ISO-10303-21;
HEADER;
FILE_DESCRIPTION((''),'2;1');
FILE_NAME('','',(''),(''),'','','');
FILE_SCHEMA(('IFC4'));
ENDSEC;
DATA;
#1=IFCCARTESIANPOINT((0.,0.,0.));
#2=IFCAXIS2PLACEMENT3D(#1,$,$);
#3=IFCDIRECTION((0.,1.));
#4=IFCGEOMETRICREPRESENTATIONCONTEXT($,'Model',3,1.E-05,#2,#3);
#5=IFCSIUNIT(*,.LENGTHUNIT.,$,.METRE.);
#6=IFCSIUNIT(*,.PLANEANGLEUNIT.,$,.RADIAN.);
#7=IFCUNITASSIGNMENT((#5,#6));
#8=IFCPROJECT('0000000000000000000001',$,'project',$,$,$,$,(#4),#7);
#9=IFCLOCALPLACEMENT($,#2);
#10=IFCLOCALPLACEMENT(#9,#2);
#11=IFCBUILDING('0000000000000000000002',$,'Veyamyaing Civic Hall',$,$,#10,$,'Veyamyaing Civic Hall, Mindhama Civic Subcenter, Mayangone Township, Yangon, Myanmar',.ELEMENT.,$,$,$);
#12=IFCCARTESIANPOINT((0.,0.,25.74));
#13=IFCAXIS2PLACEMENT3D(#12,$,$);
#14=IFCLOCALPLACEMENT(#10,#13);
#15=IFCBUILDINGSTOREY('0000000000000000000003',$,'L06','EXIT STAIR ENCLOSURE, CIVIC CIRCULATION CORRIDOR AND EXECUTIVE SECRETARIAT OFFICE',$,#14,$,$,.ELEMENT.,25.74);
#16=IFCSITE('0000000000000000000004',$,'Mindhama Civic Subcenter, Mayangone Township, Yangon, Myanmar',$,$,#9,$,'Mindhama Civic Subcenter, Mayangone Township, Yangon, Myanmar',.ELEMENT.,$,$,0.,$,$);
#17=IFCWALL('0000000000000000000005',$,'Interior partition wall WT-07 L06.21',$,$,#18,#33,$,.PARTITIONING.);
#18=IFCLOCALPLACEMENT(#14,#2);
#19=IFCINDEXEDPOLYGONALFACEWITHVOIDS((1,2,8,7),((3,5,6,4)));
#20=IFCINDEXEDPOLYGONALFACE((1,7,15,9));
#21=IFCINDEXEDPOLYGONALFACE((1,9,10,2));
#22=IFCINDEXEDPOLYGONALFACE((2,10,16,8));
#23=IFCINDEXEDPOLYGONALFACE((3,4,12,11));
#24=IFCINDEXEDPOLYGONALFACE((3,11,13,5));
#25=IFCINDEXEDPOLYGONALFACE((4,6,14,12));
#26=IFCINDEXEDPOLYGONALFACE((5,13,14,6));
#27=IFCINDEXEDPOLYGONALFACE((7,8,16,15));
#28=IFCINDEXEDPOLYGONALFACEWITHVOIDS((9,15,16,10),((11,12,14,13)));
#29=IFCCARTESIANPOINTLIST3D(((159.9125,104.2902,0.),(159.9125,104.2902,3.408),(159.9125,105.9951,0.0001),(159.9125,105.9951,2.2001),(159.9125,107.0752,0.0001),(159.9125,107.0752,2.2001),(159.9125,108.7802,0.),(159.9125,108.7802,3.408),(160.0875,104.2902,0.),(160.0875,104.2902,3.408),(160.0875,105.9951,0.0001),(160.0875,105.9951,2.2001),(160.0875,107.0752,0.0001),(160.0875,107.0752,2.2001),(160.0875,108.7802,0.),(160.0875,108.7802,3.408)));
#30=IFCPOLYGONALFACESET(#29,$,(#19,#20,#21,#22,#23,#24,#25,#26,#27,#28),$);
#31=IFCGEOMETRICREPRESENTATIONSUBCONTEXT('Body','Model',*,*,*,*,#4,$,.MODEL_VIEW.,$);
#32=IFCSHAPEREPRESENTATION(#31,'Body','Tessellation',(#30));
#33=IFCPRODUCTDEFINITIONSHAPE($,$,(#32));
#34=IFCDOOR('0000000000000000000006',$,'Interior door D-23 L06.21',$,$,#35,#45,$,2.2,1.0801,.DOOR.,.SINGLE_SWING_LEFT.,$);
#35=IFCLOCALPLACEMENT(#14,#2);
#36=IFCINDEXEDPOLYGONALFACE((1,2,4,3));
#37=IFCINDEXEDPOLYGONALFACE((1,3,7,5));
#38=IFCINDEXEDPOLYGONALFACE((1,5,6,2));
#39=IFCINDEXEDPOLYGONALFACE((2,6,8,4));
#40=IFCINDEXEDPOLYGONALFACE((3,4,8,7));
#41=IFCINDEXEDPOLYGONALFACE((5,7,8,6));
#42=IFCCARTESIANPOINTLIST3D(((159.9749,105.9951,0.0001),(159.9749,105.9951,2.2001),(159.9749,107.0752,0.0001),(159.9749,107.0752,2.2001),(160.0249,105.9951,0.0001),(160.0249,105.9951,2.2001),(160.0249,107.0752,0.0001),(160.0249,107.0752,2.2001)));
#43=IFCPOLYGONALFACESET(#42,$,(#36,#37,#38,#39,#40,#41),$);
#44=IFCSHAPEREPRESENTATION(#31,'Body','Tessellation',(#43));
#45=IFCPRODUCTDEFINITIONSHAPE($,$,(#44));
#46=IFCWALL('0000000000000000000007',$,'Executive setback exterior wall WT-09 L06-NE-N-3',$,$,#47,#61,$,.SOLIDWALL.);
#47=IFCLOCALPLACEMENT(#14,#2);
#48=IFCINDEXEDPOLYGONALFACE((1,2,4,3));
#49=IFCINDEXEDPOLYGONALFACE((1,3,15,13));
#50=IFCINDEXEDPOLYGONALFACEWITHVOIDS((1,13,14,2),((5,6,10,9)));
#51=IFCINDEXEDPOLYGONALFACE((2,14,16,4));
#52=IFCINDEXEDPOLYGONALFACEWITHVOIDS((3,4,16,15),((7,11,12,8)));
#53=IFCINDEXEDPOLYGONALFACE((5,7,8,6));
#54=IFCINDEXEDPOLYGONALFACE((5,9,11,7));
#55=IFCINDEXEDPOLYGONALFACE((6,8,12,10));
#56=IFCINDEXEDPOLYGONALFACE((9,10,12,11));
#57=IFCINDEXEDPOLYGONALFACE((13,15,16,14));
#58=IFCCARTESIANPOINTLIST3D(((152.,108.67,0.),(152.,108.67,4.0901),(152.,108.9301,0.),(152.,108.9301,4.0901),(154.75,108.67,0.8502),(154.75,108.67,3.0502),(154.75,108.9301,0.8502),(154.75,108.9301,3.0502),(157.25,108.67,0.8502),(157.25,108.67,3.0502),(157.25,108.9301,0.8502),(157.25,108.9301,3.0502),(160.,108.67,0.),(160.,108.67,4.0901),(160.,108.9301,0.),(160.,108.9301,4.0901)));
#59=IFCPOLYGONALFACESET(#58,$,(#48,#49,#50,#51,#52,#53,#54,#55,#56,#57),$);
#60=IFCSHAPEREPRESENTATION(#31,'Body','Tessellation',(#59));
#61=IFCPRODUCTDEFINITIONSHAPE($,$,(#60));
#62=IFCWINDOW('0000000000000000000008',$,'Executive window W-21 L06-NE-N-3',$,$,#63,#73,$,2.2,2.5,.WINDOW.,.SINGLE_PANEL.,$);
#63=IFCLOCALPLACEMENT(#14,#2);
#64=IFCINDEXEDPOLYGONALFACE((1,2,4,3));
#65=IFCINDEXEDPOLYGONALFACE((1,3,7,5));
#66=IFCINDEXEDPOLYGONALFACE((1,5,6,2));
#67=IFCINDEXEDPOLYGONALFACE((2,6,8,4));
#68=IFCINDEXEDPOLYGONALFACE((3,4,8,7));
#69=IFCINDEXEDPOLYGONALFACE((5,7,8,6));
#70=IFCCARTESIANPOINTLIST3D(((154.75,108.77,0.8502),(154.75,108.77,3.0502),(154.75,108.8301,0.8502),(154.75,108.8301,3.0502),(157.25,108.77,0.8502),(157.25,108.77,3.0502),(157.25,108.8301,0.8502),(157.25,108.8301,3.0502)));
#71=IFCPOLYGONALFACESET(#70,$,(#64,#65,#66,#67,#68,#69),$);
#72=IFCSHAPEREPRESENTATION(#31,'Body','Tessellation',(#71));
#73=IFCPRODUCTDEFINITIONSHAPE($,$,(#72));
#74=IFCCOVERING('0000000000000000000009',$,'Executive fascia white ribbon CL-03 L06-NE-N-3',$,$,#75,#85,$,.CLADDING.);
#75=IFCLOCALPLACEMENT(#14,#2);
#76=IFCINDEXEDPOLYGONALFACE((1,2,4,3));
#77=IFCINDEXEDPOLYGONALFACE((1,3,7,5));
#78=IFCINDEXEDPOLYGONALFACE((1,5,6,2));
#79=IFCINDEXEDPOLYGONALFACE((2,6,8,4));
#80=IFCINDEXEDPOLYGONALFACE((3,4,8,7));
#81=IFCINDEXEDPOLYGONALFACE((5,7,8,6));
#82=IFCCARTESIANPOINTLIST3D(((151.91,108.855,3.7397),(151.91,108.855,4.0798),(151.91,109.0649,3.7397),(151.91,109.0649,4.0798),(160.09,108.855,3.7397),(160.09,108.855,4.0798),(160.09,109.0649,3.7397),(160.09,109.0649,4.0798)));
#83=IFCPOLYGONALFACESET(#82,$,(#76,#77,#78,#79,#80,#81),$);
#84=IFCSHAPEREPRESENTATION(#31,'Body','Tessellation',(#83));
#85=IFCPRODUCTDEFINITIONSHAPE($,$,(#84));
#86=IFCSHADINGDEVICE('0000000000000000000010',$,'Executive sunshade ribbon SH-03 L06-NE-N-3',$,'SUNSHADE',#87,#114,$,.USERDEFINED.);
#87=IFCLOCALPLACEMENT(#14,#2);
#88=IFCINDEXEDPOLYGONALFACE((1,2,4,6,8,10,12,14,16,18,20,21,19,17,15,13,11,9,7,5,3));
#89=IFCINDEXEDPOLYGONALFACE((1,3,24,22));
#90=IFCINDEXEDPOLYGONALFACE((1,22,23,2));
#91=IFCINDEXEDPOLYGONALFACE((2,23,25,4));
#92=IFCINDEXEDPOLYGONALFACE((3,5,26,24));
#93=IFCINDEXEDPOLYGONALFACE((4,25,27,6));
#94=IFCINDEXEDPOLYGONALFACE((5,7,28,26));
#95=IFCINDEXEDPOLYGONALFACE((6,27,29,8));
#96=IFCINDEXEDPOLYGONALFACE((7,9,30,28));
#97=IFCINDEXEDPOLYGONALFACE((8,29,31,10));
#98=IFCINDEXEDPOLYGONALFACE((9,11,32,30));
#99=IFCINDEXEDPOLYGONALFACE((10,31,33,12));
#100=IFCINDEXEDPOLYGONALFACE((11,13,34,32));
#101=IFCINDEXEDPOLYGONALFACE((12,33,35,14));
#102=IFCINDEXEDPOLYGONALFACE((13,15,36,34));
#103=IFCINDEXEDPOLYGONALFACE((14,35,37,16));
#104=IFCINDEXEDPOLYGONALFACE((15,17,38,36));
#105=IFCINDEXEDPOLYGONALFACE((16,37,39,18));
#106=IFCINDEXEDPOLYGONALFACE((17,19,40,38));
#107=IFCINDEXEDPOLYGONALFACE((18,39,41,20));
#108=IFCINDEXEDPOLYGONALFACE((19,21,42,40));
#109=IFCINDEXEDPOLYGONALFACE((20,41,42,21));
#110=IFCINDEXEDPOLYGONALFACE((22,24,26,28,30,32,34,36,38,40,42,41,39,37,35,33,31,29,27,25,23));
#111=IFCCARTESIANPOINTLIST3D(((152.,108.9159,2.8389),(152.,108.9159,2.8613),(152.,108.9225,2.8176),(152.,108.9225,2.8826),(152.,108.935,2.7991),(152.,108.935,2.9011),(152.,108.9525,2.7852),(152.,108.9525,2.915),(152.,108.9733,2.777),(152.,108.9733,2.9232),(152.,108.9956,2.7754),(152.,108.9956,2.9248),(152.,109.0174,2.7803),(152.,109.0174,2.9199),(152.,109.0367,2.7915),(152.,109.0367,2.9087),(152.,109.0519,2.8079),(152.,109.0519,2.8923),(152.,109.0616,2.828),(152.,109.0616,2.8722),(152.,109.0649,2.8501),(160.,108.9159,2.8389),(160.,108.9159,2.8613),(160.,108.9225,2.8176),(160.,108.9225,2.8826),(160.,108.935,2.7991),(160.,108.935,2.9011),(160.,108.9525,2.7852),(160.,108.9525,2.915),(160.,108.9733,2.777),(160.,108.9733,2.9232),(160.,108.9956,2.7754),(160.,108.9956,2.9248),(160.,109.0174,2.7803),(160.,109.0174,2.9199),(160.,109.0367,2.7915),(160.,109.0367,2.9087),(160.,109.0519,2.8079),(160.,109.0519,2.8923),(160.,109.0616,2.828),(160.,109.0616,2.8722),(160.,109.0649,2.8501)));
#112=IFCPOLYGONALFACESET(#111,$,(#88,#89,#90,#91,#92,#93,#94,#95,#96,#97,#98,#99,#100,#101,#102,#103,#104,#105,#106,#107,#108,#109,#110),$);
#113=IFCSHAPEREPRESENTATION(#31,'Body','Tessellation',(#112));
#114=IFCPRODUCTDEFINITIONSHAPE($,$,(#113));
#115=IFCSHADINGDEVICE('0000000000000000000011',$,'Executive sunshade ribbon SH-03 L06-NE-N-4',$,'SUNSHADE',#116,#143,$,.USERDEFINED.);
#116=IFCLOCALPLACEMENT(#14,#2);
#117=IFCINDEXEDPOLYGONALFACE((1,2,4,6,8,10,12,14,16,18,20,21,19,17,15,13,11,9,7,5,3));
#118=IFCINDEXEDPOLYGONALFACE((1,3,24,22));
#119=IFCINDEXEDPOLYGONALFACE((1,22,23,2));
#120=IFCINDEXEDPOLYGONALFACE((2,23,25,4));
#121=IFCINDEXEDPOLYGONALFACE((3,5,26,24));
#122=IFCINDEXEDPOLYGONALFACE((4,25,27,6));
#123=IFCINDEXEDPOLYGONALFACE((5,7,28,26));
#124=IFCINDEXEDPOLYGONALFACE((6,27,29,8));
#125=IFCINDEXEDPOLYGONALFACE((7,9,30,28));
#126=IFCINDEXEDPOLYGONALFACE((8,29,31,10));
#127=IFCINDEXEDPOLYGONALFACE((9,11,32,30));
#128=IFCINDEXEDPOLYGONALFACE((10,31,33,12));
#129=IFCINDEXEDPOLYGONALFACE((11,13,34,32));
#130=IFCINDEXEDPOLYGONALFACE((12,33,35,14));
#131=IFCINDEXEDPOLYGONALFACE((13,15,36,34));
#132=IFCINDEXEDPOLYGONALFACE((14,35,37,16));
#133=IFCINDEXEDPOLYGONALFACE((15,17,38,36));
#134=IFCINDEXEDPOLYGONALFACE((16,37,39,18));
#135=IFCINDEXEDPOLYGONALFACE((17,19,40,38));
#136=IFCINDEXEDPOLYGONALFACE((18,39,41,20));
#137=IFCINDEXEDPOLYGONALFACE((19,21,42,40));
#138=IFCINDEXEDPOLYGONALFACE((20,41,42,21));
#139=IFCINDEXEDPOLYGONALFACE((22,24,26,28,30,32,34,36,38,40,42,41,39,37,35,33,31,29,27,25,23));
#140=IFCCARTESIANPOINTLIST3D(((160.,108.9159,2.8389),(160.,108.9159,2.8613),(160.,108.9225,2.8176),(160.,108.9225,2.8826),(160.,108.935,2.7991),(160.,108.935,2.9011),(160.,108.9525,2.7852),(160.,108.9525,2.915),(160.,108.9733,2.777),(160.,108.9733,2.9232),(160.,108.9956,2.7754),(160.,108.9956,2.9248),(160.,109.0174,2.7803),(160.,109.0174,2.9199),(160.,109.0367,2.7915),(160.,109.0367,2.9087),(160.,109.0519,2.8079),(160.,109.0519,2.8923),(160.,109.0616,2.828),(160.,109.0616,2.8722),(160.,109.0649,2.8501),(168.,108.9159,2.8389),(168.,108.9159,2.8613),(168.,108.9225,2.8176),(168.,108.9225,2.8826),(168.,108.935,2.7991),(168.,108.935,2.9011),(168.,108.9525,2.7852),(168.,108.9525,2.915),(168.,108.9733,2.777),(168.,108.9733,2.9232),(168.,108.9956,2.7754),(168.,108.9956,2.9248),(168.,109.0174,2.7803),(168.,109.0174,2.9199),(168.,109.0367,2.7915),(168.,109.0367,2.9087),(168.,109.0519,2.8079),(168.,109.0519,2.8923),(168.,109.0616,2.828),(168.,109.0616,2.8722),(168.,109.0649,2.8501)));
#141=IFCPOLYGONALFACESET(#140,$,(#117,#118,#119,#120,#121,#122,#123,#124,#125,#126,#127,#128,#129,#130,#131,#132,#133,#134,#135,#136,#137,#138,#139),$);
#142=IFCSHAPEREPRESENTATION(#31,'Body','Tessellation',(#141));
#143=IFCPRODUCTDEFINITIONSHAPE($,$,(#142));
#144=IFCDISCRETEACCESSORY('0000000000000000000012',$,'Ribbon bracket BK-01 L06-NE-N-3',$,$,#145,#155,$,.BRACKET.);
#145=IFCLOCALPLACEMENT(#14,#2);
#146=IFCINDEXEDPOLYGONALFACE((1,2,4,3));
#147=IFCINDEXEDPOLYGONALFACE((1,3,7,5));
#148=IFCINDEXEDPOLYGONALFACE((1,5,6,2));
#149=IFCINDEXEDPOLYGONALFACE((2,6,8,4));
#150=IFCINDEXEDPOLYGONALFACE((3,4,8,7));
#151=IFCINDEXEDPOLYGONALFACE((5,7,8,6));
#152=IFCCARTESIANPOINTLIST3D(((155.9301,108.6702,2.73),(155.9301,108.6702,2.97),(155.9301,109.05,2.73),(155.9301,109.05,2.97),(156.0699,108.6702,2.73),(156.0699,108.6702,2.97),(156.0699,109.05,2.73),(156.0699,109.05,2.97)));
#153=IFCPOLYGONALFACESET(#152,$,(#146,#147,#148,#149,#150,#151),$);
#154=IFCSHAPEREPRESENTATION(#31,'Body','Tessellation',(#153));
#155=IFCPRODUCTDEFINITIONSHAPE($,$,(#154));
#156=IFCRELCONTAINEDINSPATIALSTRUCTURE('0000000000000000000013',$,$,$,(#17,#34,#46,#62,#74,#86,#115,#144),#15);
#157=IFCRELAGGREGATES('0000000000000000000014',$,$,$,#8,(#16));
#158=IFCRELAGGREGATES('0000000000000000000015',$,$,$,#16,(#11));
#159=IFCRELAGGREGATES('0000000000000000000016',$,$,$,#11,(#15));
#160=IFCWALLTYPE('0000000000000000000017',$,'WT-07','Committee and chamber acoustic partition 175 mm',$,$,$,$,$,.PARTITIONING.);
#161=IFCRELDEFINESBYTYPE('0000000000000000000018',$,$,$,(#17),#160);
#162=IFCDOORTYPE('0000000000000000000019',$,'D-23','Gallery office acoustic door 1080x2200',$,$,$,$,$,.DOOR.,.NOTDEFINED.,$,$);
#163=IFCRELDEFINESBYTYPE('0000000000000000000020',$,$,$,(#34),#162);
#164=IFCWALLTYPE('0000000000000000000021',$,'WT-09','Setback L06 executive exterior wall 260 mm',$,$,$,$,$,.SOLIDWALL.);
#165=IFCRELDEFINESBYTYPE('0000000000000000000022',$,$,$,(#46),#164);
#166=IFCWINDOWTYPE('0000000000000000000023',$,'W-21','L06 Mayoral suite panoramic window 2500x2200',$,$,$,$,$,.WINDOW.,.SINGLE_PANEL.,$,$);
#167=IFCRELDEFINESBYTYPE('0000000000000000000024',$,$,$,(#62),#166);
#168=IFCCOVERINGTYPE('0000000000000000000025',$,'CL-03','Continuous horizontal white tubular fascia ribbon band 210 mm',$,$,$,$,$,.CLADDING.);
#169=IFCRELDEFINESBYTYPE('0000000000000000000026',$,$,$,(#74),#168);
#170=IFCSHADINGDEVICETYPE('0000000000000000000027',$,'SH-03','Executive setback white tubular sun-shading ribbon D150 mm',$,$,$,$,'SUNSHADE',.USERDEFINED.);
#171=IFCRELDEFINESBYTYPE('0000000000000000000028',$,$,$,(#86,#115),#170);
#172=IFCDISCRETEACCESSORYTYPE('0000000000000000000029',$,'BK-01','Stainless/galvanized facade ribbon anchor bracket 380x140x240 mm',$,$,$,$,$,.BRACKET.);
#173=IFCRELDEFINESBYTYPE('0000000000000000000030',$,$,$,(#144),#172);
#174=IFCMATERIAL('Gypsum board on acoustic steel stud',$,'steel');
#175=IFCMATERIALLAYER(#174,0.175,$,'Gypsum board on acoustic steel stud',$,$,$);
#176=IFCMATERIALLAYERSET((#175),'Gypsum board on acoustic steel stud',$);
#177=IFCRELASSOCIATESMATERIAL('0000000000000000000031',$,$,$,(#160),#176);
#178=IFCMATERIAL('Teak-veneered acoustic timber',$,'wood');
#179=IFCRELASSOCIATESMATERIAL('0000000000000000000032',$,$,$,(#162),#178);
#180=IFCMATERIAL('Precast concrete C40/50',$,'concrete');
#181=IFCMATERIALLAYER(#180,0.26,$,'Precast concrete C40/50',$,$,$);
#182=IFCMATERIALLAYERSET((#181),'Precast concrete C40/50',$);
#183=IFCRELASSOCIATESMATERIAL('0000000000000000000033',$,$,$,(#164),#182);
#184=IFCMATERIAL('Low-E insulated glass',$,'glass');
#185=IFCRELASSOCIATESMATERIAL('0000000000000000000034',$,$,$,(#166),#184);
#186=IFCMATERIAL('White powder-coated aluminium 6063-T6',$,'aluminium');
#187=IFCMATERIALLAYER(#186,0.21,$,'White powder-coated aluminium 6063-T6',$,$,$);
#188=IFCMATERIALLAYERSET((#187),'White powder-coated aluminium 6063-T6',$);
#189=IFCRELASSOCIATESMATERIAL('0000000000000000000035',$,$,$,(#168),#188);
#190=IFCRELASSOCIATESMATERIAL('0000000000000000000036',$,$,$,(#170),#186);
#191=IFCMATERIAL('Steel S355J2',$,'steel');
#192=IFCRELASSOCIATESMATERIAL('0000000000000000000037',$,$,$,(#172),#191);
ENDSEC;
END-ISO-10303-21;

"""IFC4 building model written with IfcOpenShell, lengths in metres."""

from ifc_helpers import new_model, si_unit, direction, frame, frame_2d, origin, origin_2d, place, context, subcontext, project, spatial, rectangle, circle, extrude, material, layer, layer_set, material_profile, profile_set, type_object, element, fill, save


model = new_model("IFC4")

# Units and contexts
model_context = context("Model", 3, precision=1e-05, world=origin(), true_north=direction((0.0, 1.0)))
body_context = subcontext(model_context, "Body", "Model", "MODEL_VIEW")
ifc_project = project(units=[si_unit("LENGTHUNIT", "METRE"), si_unit("PLANEANGLEUNIT", "RADIAN")], contexts=[model_context])

# Site, building, storey
site_placement = place(None, origin())
site = spatial("IfcSite", under=ifc_project, at=site_placement, Name="Mindhama Civic Subcenter, Mayangone Township, Yangon, Myanmar", LongName="Mindhama Civic Subcenter, Mayangone Township, Yangon, Myanmar", CompositionType="ELEMENT", RefElevation=0.0)
building_placement = place(site_placement, origin())
building = spatial("IfcBuilding", under=site, at=building_placement, Name="Veyamyaing Civic Hall", LongName="Veyamyaing Civic Hall, Mindhama Civic Subcenter, Mayangone Township, Yangon, Myanmar", CompositionType="ELEMENT")
storey_placement = place(building_placement, frame((0.0, 0.0, 25.74)))
storey = spatial("IfcBuildingStorey", under=building, at=storey_placement, Name="L06", Description="EXIT STAIR ENCLOSURE, CIVIC CIRCULATION CORRIDOR AND EXECUTIVE SECRETARIAT OFFICE", CompositionType="ELEMENT", Elevation=25.74)

# Shared definitions
ifc_material_1 = material(Name="Low-E insulated glass", Category="glass")

# Wall, opening, door
ifc_material_2 = material(Name="Gypsum board on acoustic steel stud", Category="steel")
ifc_layer_1 = layer(ifc_material_2, 0.175, Name="Gypsum board on acoustic steel stud")
ifc_layer_set_1 = layer_set([ifc_layer_1], Name="Gypsum board on acoustic steel stud")
wall_type_1 = type_object("IfcWallType", Name="WT-07", Description="Committee and chamber acoustic partition 175 mm", PredefinedType="PARTITIONING", material=ifc_layer_set_1)
ifc_material_3 = material(Name="Teak-veneered acoustic timber", Category="wood")
door_type = type_object("IfcDoorType", Name="D-23", Description="Gallery office acoustic door 1080x2200", OperationType="NOTDEFINED", PredefinedType="DOOR", material=ifc_material_3)
wall_1_placement = place(storey_placement, frame((160.0, 104.29, 0.0), z_axis=(0.0, 0.0, 1.0), x_axis=(0.0, 1.0, 0.0)))
wall_1 = element("IfcWall", 1, at=wall_1_placement, inside=storey, type_object=wall_type_1, Name="Interior partition wall WT-07 L06.21", PredefinedType="PARTITIONING", context=body_context, shape_type="SweptSolid", body=[
    extrude(rectangle(XDim=4.49, YDim=0.175, at=frame_2d((2.2451, 0.0))), origin(), (0.0, 0.0, 1.0), 3.408),
])
opening_1_placement = place(wall_1_placement, frame((1.7051, 0.0, 0.0)))
opening_1 = element("IfcOpeningElement", 2, at=opening_1_placement, cuts=wall_1, PredefinedType="OPENING", context=body_context, shape_type="SweptSolid", body=[
    extrude(rectangle(XDim=1.0801, YDim=2.2, at=frame_2d((0.54, 1.1001))), frame((0.0, 0.0974, 0.0), z_axis=(0.0, -1.0, 0.0), x_axis=(1.0, 0.0, 0.0)), (0.0, 0.0, 1.0), 0.1951),
])
door_1_placement = place(opening_1_placement, frame((1.0801, 0.0, 0.0), z_axis=(0.0, 0.0, 1.0), x_axis=(-1.0, 0.0, 0.0)))
door_1 = element("IfcDoor", 3, at=door_1_placement, inside=storey, type_object=door_type, Name="Interior door D-23 L06.21", OperationType="SINGLE_SWING_LEFT", OverallHeight=2.2, OverallWidth=1.0801, PredefinedType="DOOR", context=body_context, shape_type="SweptSolid", body=[
    extrude(rectangle(XDim=1.0801, YDim=2.2, at=frame_2d((0.54, 1.1001))), frame((0.0, 0.0249, 0.0), z_axis=(0.0, -1.0, 0.0), x_axis=(1.0, 0.0, 0.0)), (0.0, 0.0, 1.0), 0.05),
])
fill(opening_1, door_1)

# Wall, opening, window
ifc_material_4 = material(Name="Precast concrete C40/50", Category="concrete")
ifc_layer_2 = layer(ifc_material_4, 0.26, Name="Precast concrete C40/50")
ifc_layer_set_2 = layer_set([ifc_layer_2], Name="Precast concrete C40/50")
wall_type_2 = type_object("IfcWallType", Name="WT-09", Description="Setback L06 executive exterior wall 260 mm", PredefinedType="SOLIDWALL", material=ifc_layer_set_2)
wall_2_placement = place(storey_placement, frame((152.0, 108.8, 0.0), z_axis=(0.0, 0.0, 1.0), x_axis=(1.0, 0.0, 0.0)))
wall_2 = element("IfcWall", 4, at=wall_2_placement, inside=storey, type_object=wall_type_2, Name="Executive setback exterior wall WT-09 L06-NE-N-3", PredefinedType="SOLIDWALL", context=body_context, shape_type="SweptSolid", body=[
    extrude(rectangle(XDim=8.0, YDim=0.26, at=frame_2d((4.0, 0.0))), origin(), (0.0, 0.0, 1.0), 4.0901),
])
opening_2_placement = place(wall_2_placement, frame((2.75, 0.0, 0.8501)))
opening_2 = element("IfcOpeningElement", 5, at=opening_2_placement, cuts=wall_2, PredefinedType="OPENING", context=body_context, shape_type="SweptSolid", body=[
    extrude(rectangle(XDim=2.5, YDim=2.2, at=frame_2d((1.25, 1.1001))), frame((0.0, 0.1399, 0.0), z_axis=(0.0, -1.0, 0.0), x_axis=(1.0, 0.0, 0.0)), (0.0, 0.0, 1.0), 0.28),
])
window_type = type_object("IfcWindowType", Name="W-21", Description="L06 Mayoral suite panoramic window 2500x2200", PartitioningType="SINGLE_PANEL", PredefinedType="WINDOW", material=ifc_material_1)
window_placement = place(opening_2_placement, origin())
window = element("IfcWindow", 6, at=window_placement, inside=storey, type_object=window_type, Name="Executive window W-21 L06-NE-N-3", OverallHeight=2.2, OverallWidth=2.5, PartitioningType="SINGLE_PANEL", PredefinedType="WINDOW", context=body_context, shape_type="SweptSolid", body=[
    extrude(rectangle(XDim=2.5, YDim=2.2, at=frame_2d((1.25, 1.1001))), frame((0.0, 0.03, 0.0), z_axis=(0.0, -1.0, 0.0), x_axis=(1.0, 0.0, 0.0)), (0.0, 0.0, 1.0), 0.0601),
])
fill(opening_2, window)

# Covering
ifc_material_5 = material(Name="White powder-coated aluminium 6063-T6", Category="aluminium")
ifc_layer_3 = layer(ifc_material_5, 0.21, Name="White powder-coated aluminium 6063-T6")
ifc_layer_set_3 = layer_set([ifc_layer_3], Name="White powder-coated aluminium 6063-T6")
covering_type = type_object("IfcCoveringType", Name="CL-03", Description="Continuous horizontal white tubular fascia ribbon band 210 mm", PredefinedType="CLADDING", material=ifc_layer_set_3)
covering_placement = place(storey_placement, frame((156.0, 108.96, 3.7397), z_axis=(0.0, 0.0, 1.0), x_axis=(1.0, 0.0, 0.0)))
element("IfcCovering", 7, at=covering_placement, inside=storey, type_object=covering_type, Name="Executive fascia white ribbon CL-03 L06-NE-N-3", PredefinedType="CLADDING", context=body_context, shape_type="SweptSolid", body=[
    extrude(rectangle(XDim=8.1799, YDim=0.21, at=origin_2d()), origin(), (0.0, 0.0, 1.0), 0.3401),
])

# Shading devices
ifc_material_profile_1 = material_profile(ifc_material_5, circle(Radius=0.075, at=origin_2d()), Name="SHADE-TUBE-150")
ifc_profile_set_1 = profile_set([ifc_material_profile_1], Name="White powder-coated aluminium 6063-T6")
shading_device_type = type_object("IfcShadingDeviceType", Name="SH-03", Description="Executive setback white tubular sun-shading ribbon D150 mm", ElementType="SUNSHADE", PredefinedType="USERDEFINED", material=ifc_profile_set_1)
for number, where, z_axis, x_axis, name in (
    (8, (152.0, 108.99, 2.8501), (1.0, 0.0, 0.0), (0.0, 1.0, 0.0), "Executive sunshade ribbon SH-03 L06-NE-N-3"),
    (9, (160.0, 108.99, 2.8501), (1.0, 0.0, 0.0), (0.0, 1.0, 0.0), "Executive sunshade ribbon SH-03 L06-NE-N-4"),
):
    element("IfcShadingDevice", number, at=place(storey_placement, frame(where, z_axis=z_axis, x_axis=x_axis)), inside=storey, type_object=shading_device_type, Name=name, ObjectType="SUNSHADE", PredefinedType="USERDEFINED", context=body_context, shape_type="SweptSolid", body=[
        extrude(circle(Radius=0.075, at=origin_2d()), origin(), (0.0, 0.0, 1.0), 8.0),
    ])

# Discrete accessory
ifc_material_6 = material(Name="Steel S355J2", Category="steel")
discrete_accessory_type = type_object("IfcDiscreteAccessoryType", Name="BK-01", Description="Stainless/galvanized facade ribbon anchor bracket 380x140x240 mm", PredefinedType="BRACKET", material=ifc_material_6)
discrete_accessory_placement = place(storey_placement, frame((156.0, 108.8601, 2.73), z_axis=(0.0, 0.0, 1.0), x_axis=(0.0, 1.0, 0.0)))
element("IfcDiscreteAccessory", 10, at=discrete_accessory_placement, inside=storey, type_object=discrete_accessory_type, Name="Ribbon bracket BK-01 L06-NE-N-3", PredefinedType="BRACKET", context=body_context, shape_type="SweptSolid", body=[
    extrude(rectangle(XDim=0.3799, YDim=0.1399, at=origin_2d()), origin(), (0.0, 0.0, 1.0), 0.24),
])

save(model, "model.ifc")
